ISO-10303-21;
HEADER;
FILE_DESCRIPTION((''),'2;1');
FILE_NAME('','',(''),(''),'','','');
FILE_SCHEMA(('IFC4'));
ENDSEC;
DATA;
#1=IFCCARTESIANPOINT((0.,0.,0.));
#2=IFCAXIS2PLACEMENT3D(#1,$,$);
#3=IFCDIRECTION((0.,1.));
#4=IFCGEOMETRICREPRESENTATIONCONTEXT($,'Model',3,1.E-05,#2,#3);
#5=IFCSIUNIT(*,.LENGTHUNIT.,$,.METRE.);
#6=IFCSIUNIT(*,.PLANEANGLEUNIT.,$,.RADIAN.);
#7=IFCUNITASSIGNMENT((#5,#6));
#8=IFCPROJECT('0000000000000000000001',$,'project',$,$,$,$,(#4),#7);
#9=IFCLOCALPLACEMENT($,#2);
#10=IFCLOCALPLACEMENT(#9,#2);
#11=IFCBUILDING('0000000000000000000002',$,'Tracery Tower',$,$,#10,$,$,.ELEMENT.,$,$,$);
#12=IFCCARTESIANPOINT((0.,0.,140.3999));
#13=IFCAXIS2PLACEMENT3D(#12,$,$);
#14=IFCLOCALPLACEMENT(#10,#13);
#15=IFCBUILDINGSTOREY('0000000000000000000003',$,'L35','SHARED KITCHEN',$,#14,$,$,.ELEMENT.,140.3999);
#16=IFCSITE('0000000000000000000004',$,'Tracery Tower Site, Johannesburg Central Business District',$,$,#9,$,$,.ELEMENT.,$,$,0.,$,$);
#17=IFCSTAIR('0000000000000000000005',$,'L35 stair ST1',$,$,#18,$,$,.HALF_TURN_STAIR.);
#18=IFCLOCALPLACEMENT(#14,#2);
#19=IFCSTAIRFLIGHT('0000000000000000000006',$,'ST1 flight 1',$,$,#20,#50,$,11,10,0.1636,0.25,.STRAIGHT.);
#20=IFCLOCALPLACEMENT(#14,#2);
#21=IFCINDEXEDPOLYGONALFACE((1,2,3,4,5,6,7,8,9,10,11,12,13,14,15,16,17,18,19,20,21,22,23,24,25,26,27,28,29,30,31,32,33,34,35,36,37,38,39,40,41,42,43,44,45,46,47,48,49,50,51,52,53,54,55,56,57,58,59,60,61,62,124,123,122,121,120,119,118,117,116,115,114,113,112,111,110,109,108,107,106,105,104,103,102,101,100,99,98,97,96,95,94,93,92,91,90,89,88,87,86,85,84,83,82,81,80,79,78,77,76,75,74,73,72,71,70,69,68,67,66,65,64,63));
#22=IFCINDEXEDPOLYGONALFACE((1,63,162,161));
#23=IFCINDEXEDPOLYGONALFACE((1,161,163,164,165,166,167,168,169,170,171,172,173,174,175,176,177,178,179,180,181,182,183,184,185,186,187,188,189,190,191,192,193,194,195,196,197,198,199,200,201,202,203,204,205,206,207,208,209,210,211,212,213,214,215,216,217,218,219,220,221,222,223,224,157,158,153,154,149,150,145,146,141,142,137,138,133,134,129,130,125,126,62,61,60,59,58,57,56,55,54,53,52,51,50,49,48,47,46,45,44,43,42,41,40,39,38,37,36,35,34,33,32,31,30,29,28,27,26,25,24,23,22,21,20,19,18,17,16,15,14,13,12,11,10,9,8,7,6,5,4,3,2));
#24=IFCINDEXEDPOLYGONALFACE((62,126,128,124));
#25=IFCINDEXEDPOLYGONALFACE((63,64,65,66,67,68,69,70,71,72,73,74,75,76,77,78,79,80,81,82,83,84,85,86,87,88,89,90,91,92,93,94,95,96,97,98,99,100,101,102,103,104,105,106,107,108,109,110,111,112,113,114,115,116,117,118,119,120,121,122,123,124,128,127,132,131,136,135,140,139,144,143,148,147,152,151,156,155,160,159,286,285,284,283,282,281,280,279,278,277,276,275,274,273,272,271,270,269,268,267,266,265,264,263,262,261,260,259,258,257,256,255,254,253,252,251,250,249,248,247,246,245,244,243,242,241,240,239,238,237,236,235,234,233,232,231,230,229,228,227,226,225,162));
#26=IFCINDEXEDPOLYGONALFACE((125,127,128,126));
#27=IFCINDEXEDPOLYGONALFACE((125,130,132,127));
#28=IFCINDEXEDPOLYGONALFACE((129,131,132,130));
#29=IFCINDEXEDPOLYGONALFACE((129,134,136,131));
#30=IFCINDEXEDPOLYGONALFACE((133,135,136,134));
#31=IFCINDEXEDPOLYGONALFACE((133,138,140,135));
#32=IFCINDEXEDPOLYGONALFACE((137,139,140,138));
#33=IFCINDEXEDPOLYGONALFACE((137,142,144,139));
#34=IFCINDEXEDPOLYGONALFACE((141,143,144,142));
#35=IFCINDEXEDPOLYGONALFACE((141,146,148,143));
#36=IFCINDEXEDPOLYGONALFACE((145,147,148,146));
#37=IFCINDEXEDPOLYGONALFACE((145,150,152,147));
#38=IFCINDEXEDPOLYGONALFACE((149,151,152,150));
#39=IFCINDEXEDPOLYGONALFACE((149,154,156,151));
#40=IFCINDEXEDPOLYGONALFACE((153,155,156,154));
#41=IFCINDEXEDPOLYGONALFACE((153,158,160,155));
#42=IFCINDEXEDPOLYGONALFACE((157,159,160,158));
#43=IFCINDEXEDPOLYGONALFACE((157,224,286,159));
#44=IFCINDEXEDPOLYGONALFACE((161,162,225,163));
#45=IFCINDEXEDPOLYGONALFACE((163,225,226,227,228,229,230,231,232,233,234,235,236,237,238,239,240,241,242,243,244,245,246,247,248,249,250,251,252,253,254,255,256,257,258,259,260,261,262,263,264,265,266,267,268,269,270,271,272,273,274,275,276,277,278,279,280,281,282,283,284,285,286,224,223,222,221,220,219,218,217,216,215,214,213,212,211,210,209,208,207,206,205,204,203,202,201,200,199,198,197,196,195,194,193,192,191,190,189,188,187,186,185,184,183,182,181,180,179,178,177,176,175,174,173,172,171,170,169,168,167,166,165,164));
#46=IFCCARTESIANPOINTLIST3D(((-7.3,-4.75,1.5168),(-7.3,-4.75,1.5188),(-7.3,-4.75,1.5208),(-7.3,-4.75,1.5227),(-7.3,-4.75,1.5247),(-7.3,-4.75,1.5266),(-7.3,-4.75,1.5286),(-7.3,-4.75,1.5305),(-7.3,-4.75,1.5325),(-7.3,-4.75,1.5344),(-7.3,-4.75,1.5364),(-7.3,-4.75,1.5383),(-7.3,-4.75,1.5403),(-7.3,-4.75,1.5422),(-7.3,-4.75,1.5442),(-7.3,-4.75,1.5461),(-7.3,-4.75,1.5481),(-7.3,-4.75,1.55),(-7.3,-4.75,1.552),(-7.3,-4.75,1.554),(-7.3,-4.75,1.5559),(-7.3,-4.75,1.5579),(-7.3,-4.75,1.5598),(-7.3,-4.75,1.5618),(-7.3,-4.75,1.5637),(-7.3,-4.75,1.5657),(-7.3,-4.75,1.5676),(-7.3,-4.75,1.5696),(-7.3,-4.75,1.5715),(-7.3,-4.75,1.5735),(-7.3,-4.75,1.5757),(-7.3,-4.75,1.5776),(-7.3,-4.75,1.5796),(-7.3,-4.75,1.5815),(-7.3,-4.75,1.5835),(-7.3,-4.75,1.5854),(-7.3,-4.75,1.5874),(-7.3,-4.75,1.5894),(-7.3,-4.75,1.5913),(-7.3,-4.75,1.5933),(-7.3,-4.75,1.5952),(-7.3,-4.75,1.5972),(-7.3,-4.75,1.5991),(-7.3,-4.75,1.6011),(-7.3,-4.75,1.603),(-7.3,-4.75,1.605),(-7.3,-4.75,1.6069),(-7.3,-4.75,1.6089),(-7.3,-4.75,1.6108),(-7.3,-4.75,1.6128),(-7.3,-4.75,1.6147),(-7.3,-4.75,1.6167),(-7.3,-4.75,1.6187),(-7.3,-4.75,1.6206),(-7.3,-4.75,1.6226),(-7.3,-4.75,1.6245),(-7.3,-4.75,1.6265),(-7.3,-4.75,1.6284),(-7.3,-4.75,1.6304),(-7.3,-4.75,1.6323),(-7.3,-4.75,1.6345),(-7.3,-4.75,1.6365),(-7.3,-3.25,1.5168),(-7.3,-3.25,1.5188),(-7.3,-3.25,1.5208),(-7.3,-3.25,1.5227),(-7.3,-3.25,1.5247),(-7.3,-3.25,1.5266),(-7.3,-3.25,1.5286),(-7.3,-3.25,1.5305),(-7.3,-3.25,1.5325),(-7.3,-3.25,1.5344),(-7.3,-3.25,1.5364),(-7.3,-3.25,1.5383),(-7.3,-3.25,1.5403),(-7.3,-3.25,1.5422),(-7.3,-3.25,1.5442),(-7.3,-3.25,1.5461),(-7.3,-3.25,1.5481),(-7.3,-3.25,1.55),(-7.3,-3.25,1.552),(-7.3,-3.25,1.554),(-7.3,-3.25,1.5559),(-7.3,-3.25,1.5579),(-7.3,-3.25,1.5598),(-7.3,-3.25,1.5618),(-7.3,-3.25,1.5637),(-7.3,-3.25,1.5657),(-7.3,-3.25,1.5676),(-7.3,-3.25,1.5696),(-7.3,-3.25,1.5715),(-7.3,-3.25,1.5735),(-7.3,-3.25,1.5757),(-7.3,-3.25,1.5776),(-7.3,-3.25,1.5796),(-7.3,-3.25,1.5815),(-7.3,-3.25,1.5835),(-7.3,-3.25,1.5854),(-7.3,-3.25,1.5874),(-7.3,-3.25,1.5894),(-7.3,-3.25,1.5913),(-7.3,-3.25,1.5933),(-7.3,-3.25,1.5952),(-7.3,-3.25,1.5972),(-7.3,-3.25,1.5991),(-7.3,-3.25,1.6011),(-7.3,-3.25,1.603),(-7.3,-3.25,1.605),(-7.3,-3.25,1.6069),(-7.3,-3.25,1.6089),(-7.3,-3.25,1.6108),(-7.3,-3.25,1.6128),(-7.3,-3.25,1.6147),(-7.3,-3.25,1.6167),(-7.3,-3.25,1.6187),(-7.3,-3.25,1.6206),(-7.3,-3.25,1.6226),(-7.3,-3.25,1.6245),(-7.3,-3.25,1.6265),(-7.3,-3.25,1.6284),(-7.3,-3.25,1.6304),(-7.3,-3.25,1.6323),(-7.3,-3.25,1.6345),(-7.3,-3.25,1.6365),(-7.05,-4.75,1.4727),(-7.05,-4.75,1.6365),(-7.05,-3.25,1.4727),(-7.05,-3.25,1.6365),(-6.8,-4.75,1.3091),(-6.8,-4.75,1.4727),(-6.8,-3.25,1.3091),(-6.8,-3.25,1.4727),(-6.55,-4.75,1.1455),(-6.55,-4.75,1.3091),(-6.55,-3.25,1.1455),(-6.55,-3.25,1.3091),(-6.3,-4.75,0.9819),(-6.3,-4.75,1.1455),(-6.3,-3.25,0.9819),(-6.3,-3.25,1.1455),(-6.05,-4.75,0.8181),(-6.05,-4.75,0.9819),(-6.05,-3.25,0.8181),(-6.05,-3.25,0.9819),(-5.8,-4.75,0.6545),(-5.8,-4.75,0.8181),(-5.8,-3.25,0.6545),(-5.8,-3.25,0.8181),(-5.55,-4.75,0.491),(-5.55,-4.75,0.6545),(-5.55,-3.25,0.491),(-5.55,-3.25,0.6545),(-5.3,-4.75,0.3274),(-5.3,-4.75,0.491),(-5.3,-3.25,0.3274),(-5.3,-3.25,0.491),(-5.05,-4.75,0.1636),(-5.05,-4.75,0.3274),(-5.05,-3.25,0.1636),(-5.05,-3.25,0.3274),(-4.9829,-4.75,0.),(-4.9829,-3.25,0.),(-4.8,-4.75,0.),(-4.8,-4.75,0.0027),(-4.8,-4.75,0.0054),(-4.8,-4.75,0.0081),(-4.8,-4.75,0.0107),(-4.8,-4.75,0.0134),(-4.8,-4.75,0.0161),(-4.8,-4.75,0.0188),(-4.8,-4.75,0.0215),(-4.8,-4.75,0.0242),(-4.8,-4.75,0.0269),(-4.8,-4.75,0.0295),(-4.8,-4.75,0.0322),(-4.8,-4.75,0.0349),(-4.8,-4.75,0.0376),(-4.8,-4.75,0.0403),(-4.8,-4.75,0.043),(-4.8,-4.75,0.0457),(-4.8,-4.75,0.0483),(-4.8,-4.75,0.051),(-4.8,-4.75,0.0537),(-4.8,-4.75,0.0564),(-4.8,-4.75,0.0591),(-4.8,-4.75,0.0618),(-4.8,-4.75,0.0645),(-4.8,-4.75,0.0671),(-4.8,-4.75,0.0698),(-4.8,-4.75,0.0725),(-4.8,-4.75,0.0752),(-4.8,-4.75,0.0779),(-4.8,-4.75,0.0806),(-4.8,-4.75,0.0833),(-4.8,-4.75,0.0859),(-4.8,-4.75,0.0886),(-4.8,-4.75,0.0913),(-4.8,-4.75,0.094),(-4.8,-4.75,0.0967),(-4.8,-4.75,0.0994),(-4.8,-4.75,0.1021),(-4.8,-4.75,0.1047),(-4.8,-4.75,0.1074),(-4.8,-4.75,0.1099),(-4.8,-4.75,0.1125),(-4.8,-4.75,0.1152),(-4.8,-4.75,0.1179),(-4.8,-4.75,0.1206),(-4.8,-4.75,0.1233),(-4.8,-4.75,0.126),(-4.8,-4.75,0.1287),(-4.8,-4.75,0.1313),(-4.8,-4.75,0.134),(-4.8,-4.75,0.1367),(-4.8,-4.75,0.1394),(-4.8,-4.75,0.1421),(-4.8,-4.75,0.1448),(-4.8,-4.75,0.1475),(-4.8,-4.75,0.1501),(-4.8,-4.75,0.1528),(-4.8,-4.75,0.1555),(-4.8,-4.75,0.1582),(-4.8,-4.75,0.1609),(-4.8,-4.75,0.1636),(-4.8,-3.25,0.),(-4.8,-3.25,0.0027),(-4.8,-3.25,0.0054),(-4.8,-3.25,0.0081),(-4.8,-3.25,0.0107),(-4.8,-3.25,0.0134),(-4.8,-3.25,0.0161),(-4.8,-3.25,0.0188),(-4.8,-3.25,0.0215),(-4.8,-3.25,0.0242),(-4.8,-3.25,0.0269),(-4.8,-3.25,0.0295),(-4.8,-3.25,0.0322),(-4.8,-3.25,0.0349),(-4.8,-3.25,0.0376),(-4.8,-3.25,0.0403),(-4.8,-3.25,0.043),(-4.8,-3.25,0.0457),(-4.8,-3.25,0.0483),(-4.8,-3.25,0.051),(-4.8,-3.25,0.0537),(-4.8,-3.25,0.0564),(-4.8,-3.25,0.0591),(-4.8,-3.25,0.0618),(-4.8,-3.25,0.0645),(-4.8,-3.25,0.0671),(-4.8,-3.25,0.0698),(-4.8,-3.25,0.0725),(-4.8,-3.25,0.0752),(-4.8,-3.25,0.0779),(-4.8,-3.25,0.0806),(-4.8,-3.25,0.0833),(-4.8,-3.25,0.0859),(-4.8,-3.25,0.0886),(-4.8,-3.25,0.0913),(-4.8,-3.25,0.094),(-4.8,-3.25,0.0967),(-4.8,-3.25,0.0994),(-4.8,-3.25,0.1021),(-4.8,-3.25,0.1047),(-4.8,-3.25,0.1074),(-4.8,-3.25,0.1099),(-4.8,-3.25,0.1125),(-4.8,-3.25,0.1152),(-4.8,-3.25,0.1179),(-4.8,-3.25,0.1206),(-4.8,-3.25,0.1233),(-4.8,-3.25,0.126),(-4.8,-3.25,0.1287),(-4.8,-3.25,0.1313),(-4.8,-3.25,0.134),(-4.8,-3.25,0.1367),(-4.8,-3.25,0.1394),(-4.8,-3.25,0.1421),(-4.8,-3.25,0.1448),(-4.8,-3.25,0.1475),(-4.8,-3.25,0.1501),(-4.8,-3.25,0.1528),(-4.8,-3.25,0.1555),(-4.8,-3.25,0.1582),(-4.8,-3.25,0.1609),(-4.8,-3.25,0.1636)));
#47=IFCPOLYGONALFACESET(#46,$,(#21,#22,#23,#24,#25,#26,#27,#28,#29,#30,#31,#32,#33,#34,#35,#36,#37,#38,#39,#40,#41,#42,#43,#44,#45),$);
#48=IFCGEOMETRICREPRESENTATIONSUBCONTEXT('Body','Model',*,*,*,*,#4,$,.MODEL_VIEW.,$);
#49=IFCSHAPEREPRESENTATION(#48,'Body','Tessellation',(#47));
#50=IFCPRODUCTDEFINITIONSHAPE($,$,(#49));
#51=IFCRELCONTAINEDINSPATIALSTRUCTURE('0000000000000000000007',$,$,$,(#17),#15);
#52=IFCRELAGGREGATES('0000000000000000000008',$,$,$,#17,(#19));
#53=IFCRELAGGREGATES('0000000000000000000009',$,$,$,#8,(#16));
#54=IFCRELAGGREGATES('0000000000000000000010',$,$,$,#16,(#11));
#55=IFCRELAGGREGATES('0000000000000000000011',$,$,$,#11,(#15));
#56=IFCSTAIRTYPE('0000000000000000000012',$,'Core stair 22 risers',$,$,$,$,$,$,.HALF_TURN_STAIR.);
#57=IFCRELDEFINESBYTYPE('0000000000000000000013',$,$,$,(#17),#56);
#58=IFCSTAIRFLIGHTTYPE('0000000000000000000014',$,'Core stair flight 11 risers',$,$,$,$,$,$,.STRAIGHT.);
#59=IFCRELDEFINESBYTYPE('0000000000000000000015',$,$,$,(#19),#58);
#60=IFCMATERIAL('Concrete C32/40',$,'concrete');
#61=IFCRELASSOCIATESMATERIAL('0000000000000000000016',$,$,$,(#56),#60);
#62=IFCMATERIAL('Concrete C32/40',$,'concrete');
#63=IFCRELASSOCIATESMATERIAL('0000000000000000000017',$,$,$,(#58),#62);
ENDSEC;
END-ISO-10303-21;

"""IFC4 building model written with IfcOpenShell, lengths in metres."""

from ifc_helpers import new_model, si_unit, direction, frame, origin, place, context, subcontext, project, spatial, polyline, outline, extrude, material, type_object, element, aggregate, save


model = new_model("IFC4")

# Units and contexts
model_context = context("Model", 3, precision=1e-05, world=origin(), true_north=direction((0.0, 1.0)))
body_context = subcontext(model_context, "Body", "Model", "MODEL_VIEW")
ifc_project = project(units=[si_unit("LENGTHUNIT", "METRE"), si_unit("PLANEANGLEUNIT", "RADIAN")], contexts=[model_context])

# Site, building, storey
site_placement = place(None, origin())
site = spatial("IfcSite", under=ifc_project, at=site_placement, Name="Tracery Tower Site, Johannesburg Central Business District", CompositionType="ELEMENT", RefElevation=0.0)
building_placement = place(site_placement, origin())
building = spatial("IfcBuilding", under=site, at=building_placement, Name="Tracery Tower", CompositionType="ELEMENT")
storey_placement = place(building_placement, frame((0.0, 0.0, 140.3999)))
storey = spatial("IfcBuildingStorey", under=building, at=storey_placement, Name="L35", Description="SHARED KITCHEN", CompositionType="ELEMENT", Elevation=140.3999)

# Stair, stair flight
ifc_material_1 = material(Name="Concrete C32/40", Category="concrete")
stair_type = type_object("IfcStairType", Name="Core stair 22 risers", PredefinedType="HALF_TURN_STAIR", material=ifc_material_1)
stair_placement = place(storey_placement, origin())
stair = element("IfcStair", 1, at=stair_placement, inside=storey, type_object=stair_type, Name="L35 stair ST1", PredefinedType="HALF_TURN_STAIR")
ifc_material_2 = material(Name="Concrete C32/40", Category="concrete")
stair_flight_type = type_object("IfcStairFlightType", Name="Core stair flight 11 risers", PredefinedType="STRAIGHT", material=ifc_material_2)
stair_flight_1_placement = place(storey_placement, frame((-4.8, -4.0, 0.0), z_axis=(0.0, 0.0, 1.0), x_axis=(-1.0, 0.0, 0.0)))
stair_flight_1 = element("IfcStairFlight", 2, at=stair_flight_1_placement, type_object=stair_flight_type, Name="ST1 flight 1", NumberOfRisers=11, NumberOfTreads=10, PredefinedType="STRAIGHT", RiserHeight=0.1636, TreadLength=0.25, context=body_context, shape_type="SweptSolid", body=[
    extrude(outline(polyline([(0.0, 0.0), (0.0, 0.0027), (0.0, 0.0054), (0.0, 0.0081), (0.0, 0.0107), (0.0, 0.0134), (0.0, 0.0161), (0.0, 0.0188), (0.0, 0.0215), (0.0, 0.0242), (0.0, 0.0269), (0.0, 0.0295), (0.0, 0.0322), (0.0, 0.0349), (0.0, 0.0376), (0.0, 0.0403), (0.0, 0.043), (0.0, 0.0457), (0.0, 0.0483), (0.0, 0.051), (0.0, 0.0537), (0.0, 0.0564), (0.0, 0.0591), (0.0, 0.0618), (0.0, 0.0645), (0.0, 0.0671), (0.0, 0.0698), (0.0, 0.0725), (0.0, 0.0752), (0.0, 0.0779), (0.0, 0.0806), (0.0, 0.0833), (0.0, 0.0859), (0.0, 0.0886), (0.0, 0.0913), (0.0, 0.094), (0.0, 0.0967), (0.0, 0.0994), (0.0, 0.1021), (0.0, 0.1047), (0.0, 0.1074), (0.0, 0.1099), (0.0, 0.1125), (0.0, 0.1152), (0.0, 0.1179), (0.0, 0.1206), (0.0, 0.1233), (0.0, 0.126), (0.0, 0.1287), (0.0, 0.1313), (0.0, 0.134), (0.0, 0.1367), (0.0, 0.1394), (0.0, 0.1421), (0.0, 0.1448), (0.0, 0.1475), (0.0, 0.1501), (0.0, 0.1528), (0.0, 0.1555), (0.0, 0.1582), (0.0, 0.1609), (0.0, 0.1636), (0.25, 0.1636), (0.25, 0.3274), (0.5, 0.3274), (0.5, 0.491), (0.75, 0.491), (0.75, 0.6545), (1.0, 0.6545), (1.0, 0.8181), (1.25, 0.8181), (1.25, 0.9819), (1.5, 0.9819), (1.5, 1.1455), (1.75, 1.1455), (1.75, 1.3091), (2.0, 1.3091), (2.0, 1.4727), (2.25, 1.4727), (2.25, 1.6365), (2.5, 1.6365), (2.5, 1.6345), (2.5, 1.6323), (2.5, 1.6304), (2.5, 1.6284), (2.5, 1.6265), (2.5, 1.6245), (2.5, 1.6226), (2.5, 1.6206), (2.5, 1.6187), (2.5, 1.6167), (2.5, 1.6147), (2.5, 1.6128), (2.5, 1.6108), (2.5, 1.6089), (2.5, 1.6069), (2.5, 1.605), (2.5, 1.603), (2.5, 1.6011), (2.5, 1.5991), (2.5, 1.5972), (2.5, 1.5952), (2.5, 1.5933), (2.5, 1.5913), (2.5, 1.5894), (2.5, 1.5874), (2.5, 1.5854), (2.5, 1.5835), (2.5, 1.5815), (2.5, 1.5796), (2.5, 1.5776), (2.5, 1.5757), (2.5, 1.5735), (2.5, 1.5715), (2.5, 1.5696), (2.5, 1.5676), (2.5, 1.5657), (2.5, 1.5637), (2.5, 1.5618), (2.5, 1.5598), (2.5, 1.5579), (2.5, 1.5559), (2.5, 1.554), (2.5, 1.552), (2.5, 1.55), (2.5, 1.5481), (2.5, 1.5461), (2.5, 1.5442), (2.5, 1.5422), (2.5, 1.5403), (2.5, 1.5383), (2.5, 1.5364), (2.5, 1.5344), (2.5, 1.5325), (2.5, 1.5305), (2.5, 1.5286), (2.5, 1.5266), (2.5, 1.5247), (2.5, 1.5227), (2.5, 1.5208), (2.5, 1.5188), (2.5, 1.5168), (0.1829, 0.0), (0.0, 0.0)])), frame((0.0, 0.75, 0.0), z_axis=(0.0, -1.0, 0.0), x_axis=(1.0, 0.0, 0.0)), (0.0, 0.0, 1.0), 1.5),
])
aggregate(stair, [stair_flight_1])

save(model, "model.ifc")
